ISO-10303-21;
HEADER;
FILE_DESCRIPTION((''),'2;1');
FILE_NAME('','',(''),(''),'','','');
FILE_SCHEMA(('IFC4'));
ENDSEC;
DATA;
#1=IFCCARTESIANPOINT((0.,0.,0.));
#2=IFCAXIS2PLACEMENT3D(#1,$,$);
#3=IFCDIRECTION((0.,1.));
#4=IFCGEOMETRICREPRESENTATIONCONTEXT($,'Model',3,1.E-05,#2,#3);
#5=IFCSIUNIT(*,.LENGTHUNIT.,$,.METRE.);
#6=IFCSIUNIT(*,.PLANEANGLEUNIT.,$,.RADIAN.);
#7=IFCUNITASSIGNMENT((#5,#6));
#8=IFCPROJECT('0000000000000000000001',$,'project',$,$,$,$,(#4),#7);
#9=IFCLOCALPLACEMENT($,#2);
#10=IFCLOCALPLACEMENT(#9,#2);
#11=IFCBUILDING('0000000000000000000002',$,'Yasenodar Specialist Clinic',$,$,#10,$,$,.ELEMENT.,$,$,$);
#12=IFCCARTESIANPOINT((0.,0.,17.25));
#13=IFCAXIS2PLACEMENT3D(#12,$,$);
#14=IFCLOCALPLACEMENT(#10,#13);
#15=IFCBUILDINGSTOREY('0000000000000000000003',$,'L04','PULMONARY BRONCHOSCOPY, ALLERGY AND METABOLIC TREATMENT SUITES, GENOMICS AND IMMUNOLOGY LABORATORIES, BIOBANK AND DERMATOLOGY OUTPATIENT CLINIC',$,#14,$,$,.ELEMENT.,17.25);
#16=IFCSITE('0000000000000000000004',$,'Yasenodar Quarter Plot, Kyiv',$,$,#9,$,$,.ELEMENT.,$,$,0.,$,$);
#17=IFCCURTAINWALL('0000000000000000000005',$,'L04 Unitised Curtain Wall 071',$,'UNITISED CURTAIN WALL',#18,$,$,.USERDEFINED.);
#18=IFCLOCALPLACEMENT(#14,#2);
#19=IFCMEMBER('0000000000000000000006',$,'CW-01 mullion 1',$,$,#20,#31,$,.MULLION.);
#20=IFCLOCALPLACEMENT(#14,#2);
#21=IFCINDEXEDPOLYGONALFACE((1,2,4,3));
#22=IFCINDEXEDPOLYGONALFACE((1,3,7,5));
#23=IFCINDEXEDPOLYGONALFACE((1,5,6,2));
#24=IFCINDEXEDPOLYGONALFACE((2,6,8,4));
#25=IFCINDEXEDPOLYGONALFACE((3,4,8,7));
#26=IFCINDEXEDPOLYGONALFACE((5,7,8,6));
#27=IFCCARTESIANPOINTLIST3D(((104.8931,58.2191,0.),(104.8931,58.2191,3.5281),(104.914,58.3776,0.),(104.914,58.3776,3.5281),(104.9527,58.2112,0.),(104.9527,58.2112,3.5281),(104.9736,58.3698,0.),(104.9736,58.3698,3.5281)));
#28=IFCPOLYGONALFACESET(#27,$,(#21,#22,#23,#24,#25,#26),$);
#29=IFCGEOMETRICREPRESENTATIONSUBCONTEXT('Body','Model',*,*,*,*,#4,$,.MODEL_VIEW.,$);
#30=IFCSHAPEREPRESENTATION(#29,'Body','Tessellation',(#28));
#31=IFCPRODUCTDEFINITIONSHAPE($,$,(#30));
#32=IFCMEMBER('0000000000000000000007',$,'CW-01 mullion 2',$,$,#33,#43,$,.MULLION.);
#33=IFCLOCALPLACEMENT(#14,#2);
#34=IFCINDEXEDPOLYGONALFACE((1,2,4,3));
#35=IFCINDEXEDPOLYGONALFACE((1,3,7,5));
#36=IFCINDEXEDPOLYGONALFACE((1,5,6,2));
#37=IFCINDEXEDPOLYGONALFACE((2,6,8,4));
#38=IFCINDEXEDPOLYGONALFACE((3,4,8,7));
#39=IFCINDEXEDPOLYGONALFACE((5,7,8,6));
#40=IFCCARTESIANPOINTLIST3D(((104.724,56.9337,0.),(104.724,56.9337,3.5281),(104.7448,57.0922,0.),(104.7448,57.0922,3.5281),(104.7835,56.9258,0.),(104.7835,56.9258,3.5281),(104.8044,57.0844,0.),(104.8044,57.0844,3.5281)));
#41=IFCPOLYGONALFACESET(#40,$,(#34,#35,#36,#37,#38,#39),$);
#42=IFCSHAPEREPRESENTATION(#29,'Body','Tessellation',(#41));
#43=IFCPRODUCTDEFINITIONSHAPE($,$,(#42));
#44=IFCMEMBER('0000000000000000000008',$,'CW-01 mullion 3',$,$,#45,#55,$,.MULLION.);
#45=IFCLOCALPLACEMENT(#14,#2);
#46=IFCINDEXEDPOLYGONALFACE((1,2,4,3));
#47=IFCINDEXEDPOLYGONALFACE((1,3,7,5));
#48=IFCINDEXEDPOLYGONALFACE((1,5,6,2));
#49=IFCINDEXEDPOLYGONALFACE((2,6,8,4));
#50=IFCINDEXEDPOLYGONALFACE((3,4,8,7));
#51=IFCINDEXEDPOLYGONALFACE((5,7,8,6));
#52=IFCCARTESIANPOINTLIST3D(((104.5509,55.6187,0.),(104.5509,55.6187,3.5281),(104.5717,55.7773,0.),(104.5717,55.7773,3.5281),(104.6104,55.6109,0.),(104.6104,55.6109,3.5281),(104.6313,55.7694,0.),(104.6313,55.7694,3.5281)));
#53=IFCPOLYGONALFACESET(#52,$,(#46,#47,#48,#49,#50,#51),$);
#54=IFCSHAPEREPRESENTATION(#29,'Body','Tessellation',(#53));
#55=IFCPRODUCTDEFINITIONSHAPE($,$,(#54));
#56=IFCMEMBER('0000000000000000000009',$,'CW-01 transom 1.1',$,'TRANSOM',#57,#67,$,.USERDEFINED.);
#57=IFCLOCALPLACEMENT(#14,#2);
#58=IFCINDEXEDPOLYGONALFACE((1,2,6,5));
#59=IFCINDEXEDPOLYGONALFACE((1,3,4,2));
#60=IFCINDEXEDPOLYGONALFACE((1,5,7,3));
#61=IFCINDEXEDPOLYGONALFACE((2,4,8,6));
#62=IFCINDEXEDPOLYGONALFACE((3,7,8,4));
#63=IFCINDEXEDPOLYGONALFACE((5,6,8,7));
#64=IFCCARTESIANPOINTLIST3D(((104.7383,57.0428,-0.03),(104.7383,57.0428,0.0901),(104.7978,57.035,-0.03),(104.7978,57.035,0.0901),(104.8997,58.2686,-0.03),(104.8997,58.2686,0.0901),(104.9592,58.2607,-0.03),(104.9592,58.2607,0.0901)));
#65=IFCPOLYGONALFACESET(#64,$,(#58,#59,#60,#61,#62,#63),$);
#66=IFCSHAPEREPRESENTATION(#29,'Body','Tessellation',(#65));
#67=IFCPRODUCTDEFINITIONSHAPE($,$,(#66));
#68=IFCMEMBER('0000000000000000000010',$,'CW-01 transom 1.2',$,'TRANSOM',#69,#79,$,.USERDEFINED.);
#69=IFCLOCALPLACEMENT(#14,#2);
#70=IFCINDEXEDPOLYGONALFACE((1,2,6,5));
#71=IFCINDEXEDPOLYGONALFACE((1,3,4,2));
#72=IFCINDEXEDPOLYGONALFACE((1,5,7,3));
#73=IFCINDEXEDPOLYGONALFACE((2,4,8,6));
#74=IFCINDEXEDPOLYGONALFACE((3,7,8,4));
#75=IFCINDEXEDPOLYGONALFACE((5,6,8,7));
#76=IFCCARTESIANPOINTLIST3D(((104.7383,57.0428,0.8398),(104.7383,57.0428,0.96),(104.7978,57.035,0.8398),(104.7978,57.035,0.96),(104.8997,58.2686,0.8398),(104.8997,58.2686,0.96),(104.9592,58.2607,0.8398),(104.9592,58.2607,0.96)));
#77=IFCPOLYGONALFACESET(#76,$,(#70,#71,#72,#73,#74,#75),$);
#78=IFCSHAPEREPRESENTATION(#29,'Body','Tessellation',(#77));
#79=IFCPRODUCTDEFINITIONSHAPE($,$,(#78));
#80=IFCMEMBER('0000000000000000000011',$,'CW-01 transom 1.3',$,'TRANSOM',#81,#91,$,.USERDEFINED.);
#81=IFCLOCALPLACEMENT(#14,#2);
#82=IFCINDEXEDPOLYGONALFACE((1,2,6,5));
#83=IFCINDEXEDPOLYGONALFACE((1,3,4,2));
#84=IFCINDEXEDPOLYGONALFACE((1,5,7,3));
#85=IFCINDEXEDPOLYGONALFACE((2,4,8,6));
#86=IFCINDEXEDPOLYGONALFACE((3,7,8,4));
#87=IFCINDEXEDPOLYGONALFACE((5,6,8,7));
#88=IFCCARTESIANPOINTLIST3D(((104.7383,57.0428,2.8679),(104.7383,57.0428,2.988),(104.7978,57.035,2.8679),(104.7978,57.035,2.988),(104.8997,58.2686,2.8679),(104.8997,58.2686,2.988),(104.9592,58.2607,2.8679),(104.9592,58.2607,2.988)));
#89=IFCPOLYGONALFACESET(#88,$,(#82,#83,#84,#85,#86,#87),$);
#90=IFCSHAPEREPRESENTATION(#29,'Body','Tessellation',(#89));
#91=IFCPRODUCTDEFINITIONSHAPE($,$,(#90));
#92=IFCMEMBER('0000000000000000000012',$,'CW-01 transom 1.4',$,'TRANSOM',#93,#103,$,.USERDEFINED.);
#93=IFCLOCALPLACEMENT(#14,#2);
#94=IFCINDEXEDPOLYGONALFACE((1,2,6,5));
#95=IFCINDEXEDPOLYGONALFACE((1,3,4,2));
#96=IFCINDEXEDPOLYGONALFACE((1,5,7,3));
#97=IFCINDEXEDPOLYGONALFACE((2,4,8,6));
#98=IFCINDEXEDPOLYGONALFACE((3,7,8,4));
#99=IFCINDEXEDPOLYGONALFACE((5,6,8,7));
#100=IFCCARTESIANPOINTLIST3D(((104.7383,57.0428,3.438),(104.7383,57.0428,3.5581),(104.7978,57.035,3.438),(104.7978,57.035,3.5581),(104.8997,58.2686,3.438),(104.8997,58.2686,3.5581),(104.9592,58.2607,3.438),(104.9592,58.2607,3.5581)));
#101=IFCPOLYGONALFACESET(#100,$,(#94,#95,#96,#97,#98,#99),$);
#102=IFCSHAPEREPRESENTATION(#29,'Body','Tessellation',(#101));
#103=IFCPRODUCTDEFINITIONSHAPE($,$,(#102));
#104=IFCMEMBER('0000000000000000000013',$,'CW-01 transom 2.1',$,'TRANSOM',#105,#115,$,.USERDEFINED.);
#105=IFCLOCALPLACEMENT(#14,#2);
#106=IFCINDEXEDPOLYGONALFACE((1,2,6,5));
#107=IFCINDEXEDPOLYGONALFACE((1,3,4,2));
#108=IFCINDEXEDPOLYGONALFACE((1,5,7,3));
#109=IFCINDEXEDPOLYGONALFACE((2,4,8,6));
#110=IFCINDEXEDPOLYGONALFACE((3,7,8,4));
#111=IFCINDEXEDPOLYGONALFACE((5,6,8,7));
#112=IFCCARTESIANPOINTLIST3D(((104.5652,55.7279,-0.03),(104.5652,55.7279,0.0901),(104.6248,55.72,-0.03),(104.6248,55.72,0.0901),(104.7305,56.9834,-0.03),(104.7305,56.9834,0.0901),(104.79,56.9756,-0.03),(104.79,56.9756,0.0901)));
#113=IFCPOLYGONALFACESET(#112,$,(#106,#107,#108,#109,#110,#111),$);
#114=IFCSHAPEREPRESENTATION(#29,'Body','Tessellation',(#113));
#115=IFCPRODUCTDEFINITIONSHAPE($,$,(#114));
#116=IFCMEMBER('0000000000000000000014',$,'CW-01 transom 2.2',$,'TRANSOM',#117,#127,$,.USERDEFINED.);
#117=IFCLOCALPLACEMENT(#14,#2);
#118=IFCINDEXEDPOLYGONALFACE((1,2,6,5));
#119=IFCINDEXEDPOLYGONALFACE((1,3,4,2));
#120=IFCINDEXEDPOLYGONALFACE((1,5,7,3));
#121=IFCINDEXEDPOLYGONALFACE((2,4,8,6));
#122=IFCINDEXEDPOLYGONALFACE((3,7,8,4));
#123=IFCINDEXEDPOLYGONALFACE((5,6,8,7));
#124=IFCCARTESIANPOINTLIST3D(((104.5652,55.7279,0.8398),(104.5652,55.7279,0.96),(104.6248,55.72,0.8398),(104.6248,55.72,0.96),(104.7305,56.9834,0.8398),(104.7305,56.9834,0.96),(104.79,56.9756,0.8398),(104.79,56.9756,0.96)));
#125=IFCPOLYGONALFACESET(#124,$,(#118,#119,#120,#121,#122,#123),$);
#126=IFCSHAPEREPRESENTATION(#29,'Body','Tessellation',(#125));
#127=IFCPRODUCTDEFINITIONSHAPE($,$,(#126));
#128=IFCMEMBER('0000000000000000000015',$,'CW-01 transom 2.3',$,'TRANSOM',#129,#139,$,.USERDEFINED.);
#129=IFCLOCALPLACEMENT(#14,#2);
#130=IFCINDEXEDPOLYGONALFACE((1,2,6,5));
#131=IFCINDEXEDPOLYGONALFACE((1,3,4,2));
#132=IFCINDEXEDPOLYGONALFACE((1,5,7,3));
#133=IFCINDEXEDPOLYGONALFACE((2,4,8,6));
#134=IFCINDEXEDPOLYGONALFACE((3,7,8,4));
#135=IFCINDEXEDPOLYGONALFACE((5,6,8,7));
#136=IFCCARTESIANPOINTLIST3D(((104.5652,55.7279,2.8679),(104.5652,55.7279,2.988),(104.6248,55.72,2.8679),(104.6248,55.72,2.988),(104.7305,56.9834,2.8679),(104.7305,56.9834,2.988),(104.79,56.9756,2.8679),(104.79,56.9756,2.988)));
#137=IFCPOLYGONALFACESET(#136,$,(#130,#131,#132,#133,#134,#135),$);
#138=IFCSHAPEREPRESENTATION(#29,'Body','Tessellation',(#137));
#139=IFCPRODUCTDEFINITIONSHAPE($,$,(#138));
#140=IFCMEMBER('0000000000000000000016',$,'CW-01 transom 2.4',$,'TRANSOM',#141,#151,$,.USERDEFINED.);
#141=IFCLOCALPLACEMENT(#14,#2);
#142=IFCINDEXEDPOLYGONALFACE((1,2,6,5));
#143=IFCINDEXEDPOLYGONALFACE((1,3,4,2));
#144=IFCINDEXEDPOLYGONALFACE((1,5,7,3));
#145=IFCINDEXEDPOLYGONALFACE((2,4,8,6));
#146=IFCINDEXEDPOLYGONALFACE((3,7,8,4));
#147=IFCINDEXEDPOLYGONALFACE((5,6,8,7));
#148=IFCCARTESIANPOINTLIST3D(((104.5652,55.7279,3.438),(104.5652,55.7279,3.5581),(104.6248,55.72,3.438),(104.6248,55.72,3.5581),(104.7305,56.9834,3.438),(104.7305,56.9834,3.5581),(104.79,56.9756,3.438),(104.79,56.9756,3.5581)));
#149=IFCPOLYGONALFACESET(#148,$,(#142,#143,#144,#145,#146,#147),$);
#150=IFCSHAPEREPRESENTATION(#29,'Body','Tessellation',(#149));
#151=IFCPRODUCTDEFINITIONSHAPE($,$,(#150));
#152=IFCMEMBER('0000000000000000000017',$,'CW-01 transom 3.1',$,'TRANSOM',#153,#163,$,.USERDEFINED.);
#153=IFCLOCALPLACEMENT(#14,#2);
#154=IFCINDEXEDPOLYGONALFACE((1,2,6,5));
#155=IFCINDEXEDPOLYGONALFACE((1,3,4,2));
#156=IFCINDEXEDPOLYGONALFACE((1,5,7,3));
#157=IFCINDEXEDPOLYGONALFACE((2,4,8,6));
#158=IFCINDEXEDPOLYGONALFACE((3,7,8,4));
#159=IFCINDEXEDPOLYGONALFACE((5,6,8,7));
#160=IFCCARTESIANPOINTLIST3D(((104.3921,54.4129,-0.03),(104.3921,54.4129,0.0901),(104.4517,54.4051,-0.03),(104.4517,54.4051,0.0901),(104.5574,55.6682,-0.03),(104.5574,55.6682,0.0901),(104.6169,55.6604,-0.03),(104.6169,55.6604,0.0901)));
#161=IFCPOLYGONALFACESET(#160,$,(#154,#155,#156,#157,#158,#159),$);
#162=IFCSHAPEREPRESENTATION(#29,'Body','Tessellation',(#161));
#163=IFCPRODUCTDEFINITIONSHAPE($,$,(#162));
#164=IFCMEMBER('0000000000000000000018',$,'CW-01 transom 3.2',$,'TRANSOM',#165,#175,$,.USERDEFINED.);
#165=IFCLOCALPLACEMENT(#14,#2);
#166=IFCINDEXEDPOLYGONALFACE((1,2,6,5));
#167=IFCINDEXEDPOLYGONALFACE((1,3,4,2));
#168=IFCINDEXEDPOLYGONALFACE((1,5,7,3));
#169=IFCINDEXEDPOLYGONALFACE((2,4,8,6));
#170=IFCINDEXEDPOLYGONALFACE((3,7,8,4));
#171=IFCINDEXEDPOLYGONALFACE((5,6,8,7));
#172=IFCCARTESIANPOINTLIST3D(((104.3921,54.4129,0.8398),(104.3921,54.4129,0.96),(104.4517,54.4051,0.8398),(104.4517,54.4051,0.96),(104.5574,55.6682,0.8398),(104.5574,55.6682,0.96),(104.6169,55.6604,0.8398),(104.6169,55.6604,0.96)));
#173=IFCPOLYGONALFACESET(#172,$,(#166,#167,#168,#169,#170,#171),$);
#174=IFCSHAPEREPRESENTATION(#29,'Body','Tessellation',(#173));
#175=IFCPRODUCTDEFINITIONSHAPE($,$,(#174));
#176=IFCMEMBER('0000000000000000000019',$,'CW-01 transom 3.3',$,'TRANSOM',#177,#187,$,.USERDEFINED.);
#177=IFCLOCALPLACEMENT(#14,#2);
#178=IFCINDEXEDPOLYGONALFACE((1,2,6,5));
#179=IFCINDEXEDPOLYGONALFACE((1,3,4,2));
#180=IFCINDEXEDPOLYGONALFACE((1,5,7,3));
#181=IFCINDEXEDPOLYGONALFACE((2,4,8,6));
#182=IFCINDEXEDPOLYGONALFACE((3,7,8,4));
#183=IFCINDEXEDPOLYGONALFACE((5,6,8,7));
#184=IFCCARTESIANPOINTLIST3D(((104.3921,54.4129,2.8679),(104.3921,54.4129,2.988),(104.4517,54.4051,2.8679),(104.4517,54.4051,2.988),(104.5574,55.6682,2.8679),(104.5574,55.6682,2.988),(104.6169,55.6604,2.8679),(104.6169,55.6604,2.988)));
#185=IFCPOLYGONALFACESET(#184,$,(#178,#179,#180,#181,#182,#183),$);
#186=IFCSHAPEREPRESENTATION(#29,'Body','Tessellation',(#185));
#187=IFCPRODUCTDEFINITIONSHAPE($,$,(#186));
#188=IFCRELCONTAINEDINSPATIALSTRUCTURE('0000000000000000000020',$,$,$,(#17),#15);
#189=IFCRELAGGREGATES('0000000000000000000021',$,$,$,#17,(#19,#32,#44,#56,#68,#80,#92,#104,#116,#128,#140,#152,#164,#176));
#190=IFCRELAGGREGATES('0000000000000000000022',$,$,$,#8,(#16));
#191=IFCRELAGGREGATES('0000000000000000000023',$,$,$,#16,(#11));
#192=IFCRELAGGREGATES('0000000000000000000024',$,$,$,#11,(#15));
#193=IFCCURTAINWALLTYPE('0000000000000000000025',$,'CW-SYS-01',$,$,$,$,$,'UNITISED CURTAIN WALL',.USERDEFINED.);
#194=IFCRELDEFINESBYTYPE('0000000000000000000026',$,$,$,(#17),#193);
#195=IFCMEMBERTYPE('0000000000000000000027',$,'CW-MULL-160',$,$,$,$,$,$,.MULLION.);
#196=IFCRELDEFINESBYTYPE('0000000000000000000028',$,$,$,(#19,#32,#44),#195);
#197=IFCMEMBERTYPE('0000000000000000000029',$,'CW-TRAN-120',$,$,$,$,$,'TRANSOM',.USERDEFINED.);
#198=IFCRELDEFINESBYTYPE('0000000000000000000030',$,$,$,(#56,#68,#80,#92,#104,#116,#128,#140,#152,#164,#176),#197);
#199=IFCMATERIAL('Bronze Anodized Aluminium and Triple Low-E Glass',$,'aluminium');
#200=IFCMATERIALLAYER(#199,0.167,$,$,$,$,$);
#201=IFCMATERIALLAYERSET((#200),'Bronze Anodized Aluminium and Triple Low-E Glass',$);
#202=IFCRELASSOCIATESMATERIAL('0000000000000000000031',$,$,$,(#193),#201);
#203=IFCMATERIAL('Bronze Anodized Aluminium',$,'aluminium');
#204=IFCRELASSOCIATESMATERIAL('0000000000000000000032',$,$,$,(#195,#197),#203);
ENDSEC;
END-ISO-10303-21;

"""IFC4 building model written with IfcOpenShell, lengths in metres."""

from ifc_helpers import new_model, si_unit, direction, frame, origin, origin_2d, place, context, subcontext, project, spatial, rectangle, extrude, material, layer, layer_set, material_profile, profile_set, type_object, element, aggregate, save


model = new_model("IFC4")

# Units and contexts
model_context = context("Model", 3, precision=1e-05, world=origin(), true_north=direction((0.0, 1.0)))
body_context = subcontext(model_context, "Body", "Model", "MODEL_VIEW")
ifc_project = project(units=[si_unit("LENGTHUNIT", "METRE"), si_unit("PLANEANGLEUNIT", "RADIAN")], contexts=[model_context])

# Site, building, storey
site_placement = place(None, origin())
site = spatial("IfcSite", under=ifc_project, at=site_placement, Name="Yasenodar Quarter Plot, Kyiv", CompositionType="ELEMENT", RefElevation=0.0)
building_placement = place(site_placement, origin())
building = spatial("IfcBuilding", under=site, at=building_placement, Name="Yasenodar Specialist Clinic", CompositionType="ELEMENT")
storey_placement = place(building_placement, frame((0.0, 0.0, 17.25)))
storey = spatial("IfcBuildingStorey", under=building, at=storey_placement, Name="L04", Description="PULMONARY BRONCHOSCOPY, ALLERGY AND METABOLIC TREATMENT SUITES, GENOMICS AND IMMUNOLOGY LABORATORIES, BIOBANK AND DERMATOLOGY OUTPATIENT CLINIC", CompositionType="ELEMENT", Elevation=17.25)

# Curtain wall, members
ifc_material_1 = material(Name="Bronze Anodized Aluminium and Triple Low-E Glass", Category="aluminium")
ifc_layer_1 = layer(ifc_material_1, 0.167)
ifc_layer_set_1 = layer_set([ifc_layer_1], Name="Bronze Anodized Aluminium and Triple Low-E Glass")
curtain_wall_type = type_object("IfcCurtainWallType", Name="CW-SYS-01", ElementType="UNITISED CURTAIN WALL", PredefinedType="USERDEFINED", material=ifc_layer_set_1)
curtain_wall_placement = place(storey_placement, origin())
curtain_wall = element("IfcCurtainWall", 1, at=curtain_wall_placement, inside=storey, type_object=curtain_wall_type, Name="L04 Unitised Curtain Wall 071", ObjectType="UNITISED CURTAIN WALL", PredefinedType="USERDEFINED")
ifc_material_2 = material(Name="Bronze Anodized Aluminium", Category="aluminium")
ifc_material_profile_1 = material_profile(ifc_material_2, rectangle(XDim=0.0601, YDim=0.1599, at=origin_2d()), Name="CW-MULL 60x160")
ifc_profile_set_1 = profile_set([ifc_material_profile_1], Name="Bronze Anodized Aluminium")
member_type_1 = type_object("IfcMemberType", Name="CW-MULL-160", PredefinedType="MULLION", material=ifc_profile_set_1)
member_1_placement = place(storey_placement, frame((104.9333, 58.2944, 0.0), z_axis=(0.0, 0.0, 1.0), x_axis=(0.991447, -0.130512, 0.0)))
member_1 = element("IfcMember", 2, at=member_1_placement, type_object=member_type_1, Name="CW-01 mullion 1", PredefinedType="MULLION", context=body_context, shape_type="SweptSolid", body=[
    extrude(rectangle(XDim=0.0601, YDim=0.1599, at=origin_2d()), origin(), (0.0, 0.0, 1.0), 3.5281),
])
member_2_placement = place(storey_placement, frame((104.7642, 57.009, 0.0), z_axis=(0.0, 0.0, 1.0), x_axis=(0.991447, -0.130512, 0.0)))
member_2 = element("IfcMember", 3, at=member_2_placement, type_object=member_type_1, Name="CW-01 mullion 2", PredefinedType="MULLION", context=body_context, shape_type="SweptSolid", body=[
    extrude(rectangle(XDim=0.0601, YDim=0.1599, at=origin_2d()), origin(), (0.0, 0.0, 1.0), 3.5281),
])
member_3_placement = place(storey_placement, frame((104.5911, 55.6941, 0.0), z_axis=(0.0, 0.0, 1.0), x_axis=(0.991447, -0.130512, 0.0)))
member_3 = element("IfcMember", 4, at=member_3_placement, type_object=member_type_1, Name="CW-01 mullion 3", PredefinedType="MULLION", context=body_context, shape_type="SweptSolid", body=[
    extrude(rectangle(XDim=0.0601, YDim=0.1599, at=origin_2d()), origin(), (0.0, 0.0, 1.0), 3.5281),
])
ifc_material_profile_2 = material_profile(ifc_material_2, rectangle(XDim=0.0601, YDim=0.1201, at=origin_2d()), Name="CW-TRAN 60x120")
ifc_profile_set_2 = profile_set([ifc_material_profile_2], Name="Bronze Anodized Aluminium")
member_type_2 = type_object("IfcMemberType", Name="CW-TRAN-120", ElementType="TRANSOM", PredefinedType="USERDEFINED", material=ifc_profile_set_2)
member_4_placement = place(storey_placement, frame((104.9294, 58.2646, 0.03), z_axis=(-0.130521, -0.991446, 0.0), x_axis=(0.991446, -0.130521, 0.0)))
member_4 = element("IfcMember", 5, at=member_4_placement, type_object=member_type_2, Name="CW-01 transom 1.1", ObjectType="TRANSOM", PredefinedType="USERDEFINED", context=body_context, shape_type="SweptSolid", body=[
    extrude(rectangle(XDim=0.0601, YDim=0.1201, at=origin_2d()), origin(), (0.0, 0.0, 1.0), 1.2363),
])
member_5_placement = place(storey_placement, frame((104.9294, 58.2646, 0.8999), z_axis=(-0.130521, -0.991446, 0.0), x_axis=(0.991446, -0.130521, 0.0)))
member_5 = element("IfcMember", 6, at=member_5_placement, type_object=member_type_2, Name="CW-01 transom 1.2", ObjectType="TRANSOM", PredefinedType="USERDEFINED", context=body_context, shape_type="SweptSolid", body=[
    extrude(rectangle(XDim=0.0601, YDim=0.1201, at=origin_2d()), origin(), (0.0, 0.0, 1.0), 1.2363),
])
member_6_placement = place(storey_placement, frame((104.9294, 58.2646, 2.928), z_axis=(-0.130521, -0.991446, 0.0), x_axis=(0.991446, -0.130521, 0.0)))
member_6 = element("IfcMember", 7, at=member_6_placement, type_object=member_type_2, Name="CW-01 transom 1.3", ObjectType="TRANSOM", PredefinedType="USERDEFINED", context=body_context, shape_type="SweptSolid", body=[
    extrude(rectangle(XDim=0.0601, YDim=0.1201, at=origin_2d()), origin(), (0.0, 0.0, 1.0), 1.2363),
])
member_7_placement = place(storey_placement, frame((104.9294, 58.2646, 3.498), z_axis=(-0.130521, -0.991446, 0.0), x_axis=(0.991446, -0.130521, 0.0)))
member_7 = element("IfcMember", 8, at=member_7_placement, type_object=member_type_2, Name="CW-01 transom 1.4", ObjectType="TRANSOM", PredefinedType="USERDEFINED", context=body_context, shape_type="SweptSolid", body=[
    extrude(rectangle(XDim=0.0601, YDim=0.1201, at=origin_2d()), origin(), (0.0, 0.0, 1.0), 1.2363),
])
member_8_placement = place(storey_placement, frame((104.7603, 56.9795, 0.03), z_axis=(-0.130509, -0.991447, 0.0), x_axis=(0.991447, -0.130509, 0.0)))
member_8 = element("IfcMember", 9, at=member_8_placement, type_object=member_type_2, Name="CW-01 transom 2.1", ObjectType="TRANSOM", PredefinedType="USERDEFINED", context=body_context, shape_type="SweptSolid", body=[
    extrude(rectangle(XDim=0.0601, YDim=0.1201, at=origin_2d()), origin(), (0.0, 0.0, 1.0), 1.2664),
])
member_9_placement = place(storey_placement, frame((104.7603, 56.9795, 0.8999), z_axis=(-0.130509, -0.991447, 0.0), x_axis=(0.991447, -0.130509, 0.0)))
member_9 = element("IfcMember", 10, at=member_9_placement, type_object=member_type_2, Name="CW-01 transom 2.2", ObjectType="TRANSOM", PredefinedType="USERDEFINED", context=body_context, shape_type="SweptSolid", body=[
    extrude(rectangle(XDim=0.0601, YDim=0.1201, at=origin_2d()), origin(), (0.0, 0.0, 1.0), 1.2664),
])
member_10_placement = place(storey_placement, frame((104.7603, 56.9795, 2.928), z_axis=(-0.130509, -0.991447, 0.0), x_axis=(0.991447, -0.130509, 0.0)))
member_10 = element("IfcMember", 11, at=member_10_placement, type_object=member_type_2, Name="CW-01 transom 2.3", ObjectType="TRANSOM", PredefinedType="USERDEFINED", context=body_context, shape_type="SweptSolid", body=[
    extrude(rectangle(XDim=0.0601, YDim=0.1201, at=origin_2d()), origin(), (0.0, 0.0, 1.0), 1.2664),
])
member_11_placement = place(storey_placement, frame((104.7603, 56.9795, 3.498), z_axis=(-0.130509, -0.991447, 0.0), x_axis=(0.991447, -0.130509, 0.0)))
member_11 = element("IfcMember", 12, at=member_11_placement, type_object=member_type_2, Name="CW-01 transom 2.4", ObjectType="TRANSOM", PredefinedType="USERDEFINED", context=body_context, shape_type="SweptSolid", body=[
    extrude(rectangle(XDim=0.0601, YDim=0.1201, at=origin_2d()), origin(), (0.0, 0.0, 1.0), 1.2664),
])
member_12_placement = place(storey_placement, frame((104.5872, 55.6643, 0.03), z_axis=(-0.130534, -0.991444, 0.0), x_axis=(0.991444, -0.130534, 0.0)))
member_12 = element("IfcMember", 13, at=member_12_placement, type_object=member_type_2, Name="CW-01 transom 3.1", ObjectType="TRANSOM", PredefinedType="USERDEFINED", context=body_context, shape_type="SweptSolid", body=[
    extrude(rectangle(XDim=0.0601, YDim=0.1201, at=origin_2d()), origin(), (0.0, 0.0, 1.0), 1.2661),
])
member_13_placement = place(storey_placement, frame((104.5872, 55.6643, 0.8999), z_axis=(-0.130534, -0.991444, 0.0), x_axis=(0.991444, -0.130534, 0.0)))
member_13 = element("IfcMember", 14, at=member_13_placement, type_object=member_type_2, Name="CW-01 transom 3.2", ObjectType="TRANSOM", PredefinedType="USERDEFINED", context=body_context, shape_type="SweptSolid", body=[
    extrude(rectangle(XDim=0.0601, YDim=0.1201, at=origin_2d()), origin(), (0.0, 0.0, 1.0), 1.2661),
])
member_14_placement = place(storey_placement, frame((104.5872, 55.6643, 2.928), z_axis=(-0.130534, -0.991444, 0.0), x_axis=(0.991444, -0.130534, 0.0)))
member_14 = element("IfcMember", 15, at=member_14_placement, type_object=member_type_2, Name="CW-01 transom 3.3", ObjectType="TRANSOM", PredefinedType="USERDEFINED", context=body_context, shape_type="SweptSolid", body=[
    extrude(rectangle(XDim=0.0601, YDim=0.1201, at=origin_2d()), origin(), (0.0, 0.0, 1.0), 1.2661),
])
aggregate(curtain_wall, [member_1, member_2, member_3, member_4, member_5, member_6, member_7, member_8, member_9, member_10, member_11, member_12, member_13, member_14])

save(model, "model.ifc")
